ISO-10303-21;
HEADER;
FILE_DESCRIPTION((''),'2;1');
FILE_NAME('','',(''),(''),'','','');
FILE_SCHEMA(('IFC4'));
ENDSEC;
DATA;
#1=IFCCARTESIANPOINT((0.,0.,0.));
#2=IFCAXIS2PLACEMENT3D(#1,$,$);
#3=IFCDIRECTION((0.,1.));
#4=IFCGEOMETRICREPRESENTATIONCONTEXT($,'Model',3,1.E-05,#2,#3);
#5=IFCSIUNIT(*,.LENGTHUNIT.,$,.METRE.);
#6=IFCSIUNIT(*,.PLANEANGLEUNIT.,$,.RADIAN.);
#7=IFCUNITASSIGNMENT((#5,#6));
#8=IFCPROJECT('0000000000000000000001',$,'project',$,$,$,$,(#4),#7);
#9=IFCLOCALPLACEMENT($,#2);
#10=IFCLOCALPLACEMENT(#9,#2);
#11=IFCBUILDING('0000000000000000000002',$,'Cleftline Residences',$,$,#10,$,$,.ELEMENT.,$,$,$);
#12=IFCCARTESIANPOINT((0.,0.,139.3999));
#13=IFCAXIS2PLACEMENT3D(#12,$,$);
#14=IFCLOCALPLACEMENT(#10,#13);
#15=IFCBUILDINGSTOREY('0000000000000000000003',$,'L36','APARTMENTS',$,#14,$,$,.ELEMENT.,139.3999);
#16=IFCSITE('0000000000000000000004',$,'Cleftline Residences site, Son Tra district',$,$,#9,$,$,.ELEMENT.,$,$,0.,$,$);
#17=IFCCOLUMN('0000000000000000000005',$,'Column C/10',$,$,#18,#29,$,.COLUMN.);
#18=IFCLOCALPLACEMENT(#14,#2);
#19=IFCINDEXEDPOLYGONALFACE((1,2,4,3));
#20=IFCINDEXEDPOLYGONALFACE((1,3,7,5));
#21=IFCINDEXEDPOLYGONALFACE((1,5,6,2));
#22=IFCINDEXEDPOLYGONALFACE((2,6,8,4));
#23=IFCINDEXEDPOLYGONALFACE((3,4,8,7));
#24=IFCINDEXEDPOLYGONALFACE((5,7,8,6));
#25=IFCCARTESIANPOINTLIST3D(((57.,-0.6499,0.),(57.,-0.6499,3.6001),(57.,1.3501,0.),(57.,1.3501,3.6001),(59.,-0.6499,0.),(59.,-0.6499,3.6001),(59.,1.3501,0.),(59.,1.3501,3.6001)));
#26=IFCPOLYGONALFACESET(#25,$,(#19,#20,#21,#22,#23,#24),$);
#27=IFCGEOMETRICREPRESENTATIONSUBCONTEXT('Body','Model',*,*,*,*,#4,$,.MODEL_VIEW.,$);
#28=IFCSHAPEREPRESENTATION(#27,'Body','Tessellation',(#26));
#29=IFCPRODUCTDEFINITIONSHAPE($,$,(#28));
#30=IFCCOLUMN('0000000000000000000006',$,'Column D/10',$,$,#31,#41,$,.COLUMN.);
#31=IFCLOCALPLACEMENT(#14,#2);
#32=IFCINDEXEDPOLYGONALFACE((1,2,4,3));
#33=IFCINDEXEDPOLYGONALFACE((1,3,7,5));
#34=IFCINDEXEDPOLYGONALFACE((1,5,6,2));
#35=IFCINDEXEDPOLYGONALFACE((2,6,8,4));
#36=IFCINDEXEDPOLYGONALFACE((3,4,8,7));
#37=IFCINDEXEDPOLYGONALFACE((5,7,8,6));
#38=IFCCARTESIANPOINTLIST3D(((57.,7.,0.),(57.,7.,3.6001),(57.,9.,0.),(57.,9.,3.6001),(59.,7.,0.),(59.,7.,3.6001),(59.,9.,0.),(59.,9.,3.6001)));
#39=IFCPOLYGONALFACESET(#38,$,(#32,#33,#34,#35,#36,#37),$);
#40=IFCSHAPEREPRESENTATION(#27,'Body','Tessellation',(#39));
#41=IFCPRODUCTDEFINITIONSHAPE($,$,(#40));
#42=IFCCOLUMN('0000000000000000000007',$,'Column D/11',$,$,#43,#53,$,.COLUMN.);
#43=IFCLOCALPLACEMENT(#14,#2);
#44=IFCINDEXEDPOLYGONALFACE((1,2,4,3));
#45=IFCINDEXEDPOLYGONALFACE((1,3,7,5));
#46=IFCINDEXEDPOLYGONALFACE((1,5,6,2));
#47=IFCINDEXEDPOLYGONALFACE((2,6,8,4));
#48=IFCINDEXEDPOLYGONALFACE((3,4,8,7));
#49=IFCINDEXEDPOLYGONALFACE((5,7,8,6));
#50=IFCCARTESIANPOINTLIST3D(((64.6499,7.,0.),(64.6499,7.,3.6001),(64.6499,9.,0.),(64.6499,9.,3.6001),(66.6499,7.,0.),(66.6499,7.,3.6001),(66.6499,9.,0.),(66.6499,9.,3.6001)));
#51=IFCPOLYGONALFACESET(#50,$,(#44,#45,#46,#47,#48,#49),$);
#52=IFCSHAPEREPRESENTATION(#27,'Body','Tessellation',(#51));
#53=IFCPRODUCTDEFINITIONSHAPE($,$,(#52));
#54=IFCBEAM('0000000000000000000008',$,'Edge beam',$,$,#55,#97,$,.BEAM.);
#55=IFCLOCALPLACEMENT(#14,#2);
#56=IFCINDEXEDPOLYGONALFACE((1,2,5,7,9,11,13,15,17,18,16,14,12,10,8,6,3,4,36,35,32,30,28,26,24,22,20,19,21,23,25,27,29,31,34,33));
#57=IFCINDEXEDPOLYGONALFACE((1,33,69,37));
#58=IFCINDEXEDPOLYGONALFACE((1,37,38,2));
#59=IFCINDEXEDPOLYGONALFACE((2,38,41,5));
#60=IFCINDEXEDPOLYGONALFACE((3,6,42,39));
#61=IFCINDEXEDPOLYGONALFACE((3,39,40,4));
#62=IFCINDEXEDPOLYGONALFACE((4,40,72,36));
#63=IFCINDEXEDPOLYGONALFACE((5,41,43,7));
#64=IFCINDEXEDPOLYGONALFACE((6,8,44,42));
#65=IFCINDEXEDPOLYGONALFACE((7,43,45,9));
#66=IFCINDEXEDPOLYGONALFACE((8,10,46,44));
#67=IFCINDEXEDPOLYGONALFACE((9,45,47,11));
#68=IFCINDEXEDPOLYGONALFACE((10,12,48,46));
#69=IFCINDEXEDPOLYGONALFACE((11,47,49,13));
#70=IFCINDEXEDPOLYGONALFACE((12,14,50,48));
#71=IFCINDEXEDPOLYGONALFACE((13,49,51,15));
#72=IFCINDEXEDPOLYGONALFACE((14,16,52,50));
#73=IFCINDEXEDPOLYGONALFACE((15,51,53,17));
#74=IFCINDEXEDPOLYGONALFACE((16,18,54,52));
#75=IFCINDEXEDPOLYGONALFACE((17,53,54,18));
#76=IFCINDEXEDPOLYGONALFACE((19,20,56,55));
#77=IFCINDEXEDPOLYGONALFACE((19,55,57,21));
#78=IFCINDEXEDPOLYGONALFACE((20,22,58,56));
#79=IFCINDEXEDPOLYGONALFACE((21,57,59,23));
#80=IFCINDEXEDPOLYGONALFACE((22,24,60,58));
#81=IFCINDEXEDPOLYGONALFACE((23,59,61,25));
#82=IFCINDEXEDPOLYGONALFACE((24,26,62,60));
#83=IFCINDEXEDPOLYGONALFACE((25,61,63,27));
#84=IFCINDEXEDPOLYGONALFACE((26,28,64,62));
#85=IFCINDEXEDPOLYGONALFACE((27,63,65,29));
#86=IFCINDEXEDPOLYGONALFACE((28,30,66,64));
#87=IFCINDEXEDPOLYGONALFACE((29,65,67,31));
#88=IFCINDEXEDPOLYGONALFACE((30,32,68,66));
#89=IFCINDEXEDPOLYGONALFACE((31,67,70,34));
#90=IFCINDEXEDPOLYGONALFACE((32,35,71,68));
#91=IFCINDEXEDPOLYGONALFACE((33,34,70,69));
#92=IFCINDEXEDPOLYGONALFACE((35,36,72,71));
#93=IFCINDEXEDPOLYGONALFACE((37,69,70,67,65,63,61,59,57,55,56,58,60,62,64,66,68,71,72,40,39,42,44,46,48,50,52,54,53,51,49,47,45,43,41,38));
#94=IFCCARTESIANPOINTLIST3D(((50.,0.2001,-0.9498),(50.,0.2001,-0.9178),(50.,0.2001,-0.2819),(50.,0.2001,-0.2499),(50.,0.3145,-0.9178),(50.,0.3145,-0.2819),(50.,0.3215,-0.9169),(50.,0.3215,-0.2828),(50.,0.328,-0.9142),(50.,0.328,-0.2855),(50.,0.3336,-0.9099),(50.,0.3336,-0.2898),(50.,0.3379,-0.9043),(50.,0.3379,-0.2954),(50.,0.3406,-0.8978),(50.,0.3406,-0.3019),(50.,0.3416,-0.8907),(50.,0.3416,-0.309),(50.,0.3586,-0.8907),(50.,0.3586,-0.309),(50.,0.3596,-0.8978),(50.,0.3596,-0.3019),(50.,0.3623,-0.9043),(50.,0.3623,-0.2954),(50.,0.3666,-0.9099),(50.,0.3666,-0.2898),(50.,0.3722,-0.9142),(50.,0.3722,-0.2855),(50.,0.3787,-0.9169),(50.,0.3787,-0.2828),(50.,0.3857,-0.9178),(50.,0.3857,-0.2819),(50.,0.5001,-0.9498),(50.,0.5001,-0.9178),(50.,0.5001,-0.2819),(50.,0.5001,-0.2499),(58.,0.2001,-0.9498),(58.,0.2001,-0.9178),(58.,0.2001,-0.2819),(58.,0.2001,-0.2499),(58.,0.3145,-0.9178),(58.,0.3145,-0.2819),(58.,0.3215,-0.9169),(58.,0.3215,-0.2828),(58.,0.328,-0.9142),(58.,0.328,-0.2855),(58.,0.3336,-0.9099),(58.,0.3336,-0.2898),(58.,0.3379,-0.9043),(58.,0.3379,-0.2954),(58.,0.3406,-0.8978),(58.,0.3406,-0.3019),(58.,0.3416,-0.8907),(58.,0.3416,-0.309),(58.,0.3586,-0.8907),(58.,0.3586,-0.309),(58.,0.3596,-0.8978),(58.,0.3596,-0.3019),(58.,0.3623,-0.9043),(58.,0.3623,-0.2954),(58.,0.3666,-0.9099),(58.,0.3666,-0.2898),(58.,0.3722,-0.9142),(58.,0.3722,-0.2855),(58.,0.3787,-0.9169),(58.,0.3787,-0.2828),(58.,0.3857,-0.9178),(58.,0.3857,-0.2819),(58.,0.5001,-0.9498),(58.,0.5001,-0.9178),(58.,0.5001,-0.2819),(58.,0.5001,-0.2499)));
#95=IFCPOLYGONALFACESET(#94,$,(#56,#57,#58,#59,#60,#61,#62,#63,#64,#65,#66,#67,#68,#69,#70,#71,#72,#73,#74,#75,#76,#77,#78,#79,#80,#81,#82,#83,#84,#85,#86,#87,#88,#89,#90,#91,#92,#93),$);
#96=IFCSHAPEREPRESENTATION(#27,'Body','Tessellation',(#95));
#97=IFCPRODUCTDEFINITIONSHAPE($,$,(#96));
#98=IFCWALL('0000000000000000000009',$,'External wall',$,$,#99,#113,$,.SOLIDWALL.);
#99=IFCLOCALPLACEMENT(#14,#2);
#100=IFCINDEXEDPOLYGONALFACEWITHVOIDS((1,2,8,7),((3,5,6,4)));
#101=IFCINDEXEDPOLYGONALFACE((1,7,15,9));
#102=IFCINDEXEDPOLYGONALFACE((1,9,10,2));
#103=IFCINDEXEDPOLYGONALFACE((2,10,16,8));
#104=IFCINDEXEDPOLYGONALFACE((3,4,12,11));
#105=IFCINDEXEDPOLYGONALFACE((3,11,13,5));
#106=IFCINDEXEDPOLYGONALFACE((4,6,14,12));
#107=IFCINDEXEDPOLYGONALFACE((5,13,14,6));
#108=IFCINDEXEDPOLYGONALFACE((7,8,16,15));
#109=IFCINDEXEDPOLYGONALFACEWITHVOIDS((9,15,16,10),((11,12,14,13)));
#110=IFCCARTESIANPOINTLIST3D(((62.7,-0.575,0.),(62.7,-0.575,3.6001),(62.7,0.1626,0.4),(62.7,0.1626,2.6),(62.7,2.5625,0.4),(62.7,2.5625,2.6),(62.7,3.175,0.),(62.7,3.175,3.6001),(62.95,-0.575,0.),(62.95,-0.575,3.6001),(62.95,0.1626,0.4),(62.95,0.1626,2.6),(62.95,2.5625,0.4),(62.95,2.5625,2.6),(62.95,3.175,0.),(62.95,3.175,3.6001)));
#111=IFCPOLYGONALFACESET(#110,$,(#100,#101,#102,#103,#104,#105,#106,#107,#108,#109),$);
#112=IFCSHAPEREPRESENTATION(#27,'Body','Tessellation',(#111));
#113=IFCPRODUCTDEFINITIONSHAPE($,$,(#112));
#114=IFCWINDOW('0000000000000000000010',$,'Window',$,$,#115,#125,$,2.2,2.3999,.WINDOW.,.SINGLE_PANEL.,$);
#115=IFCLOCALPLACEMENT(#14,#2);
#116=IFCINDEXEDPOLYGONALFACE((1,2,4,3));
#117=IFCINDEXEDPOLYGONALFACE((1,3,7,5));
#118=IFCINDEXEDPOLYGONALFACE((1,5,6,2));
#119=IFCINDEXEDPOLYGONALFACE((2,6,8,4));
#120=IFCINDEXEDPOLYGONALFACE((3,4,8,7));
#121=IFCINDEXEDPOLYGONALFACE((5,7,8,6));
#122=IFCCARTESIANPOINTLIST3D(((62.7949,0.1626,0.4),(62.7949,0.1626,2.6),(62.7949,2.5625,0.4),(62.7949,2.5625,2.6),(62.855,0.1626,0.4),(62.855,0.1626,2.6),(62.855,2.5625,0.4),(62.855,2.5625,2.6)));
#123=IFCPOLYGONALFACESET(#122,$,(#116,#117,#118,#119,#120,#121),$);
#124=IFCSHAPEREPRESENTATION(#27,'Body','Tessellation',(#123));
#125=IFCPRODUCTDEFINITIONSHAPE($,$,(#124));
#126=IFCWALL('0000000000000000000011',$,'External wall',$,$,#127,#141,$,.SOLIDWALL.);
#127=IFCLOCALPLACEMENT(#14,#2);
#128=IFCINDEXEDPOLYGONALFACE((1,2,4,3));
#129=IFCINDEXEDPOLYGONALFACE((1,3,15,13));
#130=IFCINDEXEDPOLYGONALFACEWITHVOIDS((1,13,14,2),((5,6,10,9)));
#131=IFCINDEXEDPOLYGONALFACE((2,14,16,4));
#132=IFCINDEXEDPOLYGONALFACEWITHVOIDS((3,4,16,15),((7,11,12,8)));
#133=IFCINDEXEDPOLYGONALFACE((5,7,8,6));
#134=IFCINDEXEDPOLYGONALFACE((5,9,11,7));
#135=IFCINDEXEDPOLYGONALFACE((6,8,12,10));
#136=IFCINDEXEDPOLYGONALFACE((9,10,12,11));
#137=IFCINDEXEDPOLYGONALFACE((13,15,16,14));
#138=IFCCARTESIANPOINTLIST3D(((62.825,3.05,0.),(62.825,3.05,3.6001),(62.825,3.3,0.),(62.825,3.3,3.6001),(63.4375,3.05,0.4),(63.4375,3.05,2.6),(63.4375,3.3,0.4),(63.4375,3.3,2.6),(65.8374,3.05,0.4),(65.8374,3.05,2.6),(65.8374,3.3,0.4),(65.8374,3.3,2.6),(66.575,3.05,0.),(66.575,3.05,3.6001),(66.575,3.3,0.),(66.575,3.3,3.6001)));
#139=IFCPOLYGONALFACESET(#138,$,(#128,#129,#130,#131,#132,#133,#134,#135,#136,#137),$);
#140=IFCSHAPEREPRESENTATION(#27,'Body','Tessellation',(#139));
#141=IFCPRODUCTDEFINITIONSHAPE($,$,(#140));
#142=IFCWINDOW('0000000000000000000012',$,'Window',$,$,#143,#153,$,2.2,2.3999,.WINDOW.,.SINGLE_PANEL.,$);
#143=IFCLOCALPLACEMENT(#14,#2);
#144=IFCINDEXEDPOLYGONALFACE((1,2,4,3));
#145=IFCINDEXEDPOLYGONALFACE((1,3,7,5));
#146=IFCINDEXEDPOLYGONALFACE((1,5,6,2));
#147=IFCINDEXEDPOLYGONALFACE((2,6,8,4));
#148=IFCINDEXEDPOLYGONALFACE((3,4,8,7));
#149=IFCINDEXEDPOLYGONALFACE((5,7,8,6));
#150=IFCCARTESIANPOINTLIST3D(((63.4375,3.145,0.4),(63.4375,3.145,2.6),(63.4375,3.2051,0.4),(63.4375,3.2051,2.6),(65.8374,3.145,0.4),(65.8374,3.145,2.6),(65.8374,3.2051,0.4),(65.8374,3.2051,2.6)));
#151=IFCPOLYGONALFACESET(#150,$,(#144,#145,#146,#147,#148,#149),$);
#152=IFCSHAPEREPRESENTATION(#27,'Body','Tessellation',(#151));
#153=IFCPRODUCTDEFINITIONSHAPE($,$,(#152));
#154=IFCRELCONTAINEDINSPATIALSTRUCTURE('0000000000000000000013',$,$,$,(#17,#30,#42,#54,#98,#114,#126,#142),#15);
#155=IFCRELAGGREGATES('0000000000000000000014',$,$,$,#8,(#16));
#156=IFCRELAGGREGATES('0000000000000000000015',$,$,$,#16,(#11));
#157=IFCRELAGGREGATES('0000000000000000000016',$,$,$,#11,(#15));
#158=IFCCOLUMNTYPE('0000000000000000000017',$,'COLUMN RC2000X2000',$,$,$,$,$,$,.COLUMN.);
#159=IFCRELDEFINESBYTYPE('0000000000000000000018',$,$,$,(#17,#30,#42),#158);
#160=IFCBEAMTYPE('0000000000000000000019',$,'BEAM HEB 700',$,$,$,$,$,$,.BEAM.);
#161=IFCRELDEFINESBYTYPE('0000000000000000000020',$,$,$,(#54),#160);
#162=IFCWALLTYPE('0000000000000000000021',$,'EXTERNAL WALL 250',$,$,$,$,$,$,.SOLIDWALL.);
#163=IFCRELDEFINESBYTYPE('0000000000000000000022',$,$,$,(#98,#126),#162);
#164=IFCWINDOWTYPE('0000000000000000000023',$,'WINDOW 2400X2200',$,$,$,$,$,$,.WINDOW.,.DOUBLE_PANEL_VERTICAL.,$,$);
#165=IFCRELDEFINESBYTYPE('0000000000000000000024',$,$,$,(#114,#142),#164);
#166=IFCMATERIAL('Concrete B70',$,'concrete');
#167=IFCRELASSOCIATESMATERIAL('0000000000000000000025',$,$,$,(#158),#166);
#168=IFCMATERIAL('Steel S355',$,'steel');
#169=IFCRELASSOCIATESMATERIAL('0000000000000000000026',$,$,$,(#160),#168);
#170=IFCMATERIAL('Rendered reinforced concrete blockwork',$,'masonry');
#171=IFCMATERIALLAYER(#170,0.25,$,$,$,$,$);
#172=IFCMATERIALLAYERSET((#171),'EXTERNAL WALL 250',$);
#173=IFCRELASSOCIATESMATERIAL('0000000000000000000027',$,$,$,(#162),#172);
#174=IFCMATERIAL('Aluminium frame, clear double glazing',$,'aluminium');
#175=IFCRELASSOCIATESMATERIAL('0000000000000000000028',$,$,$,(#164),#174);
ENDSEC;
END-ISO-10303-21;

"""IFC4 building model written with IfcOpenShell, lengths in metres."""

from ifc_helpers import new_model, si_unit, direction, frame, frame_2d, origin, origin_2d, place, context, subcontext, project, spatial, rectangle, i_section, extrude, material, layer, layer_set, material_profile, profile_set, type_object, element, fill, save


model = new_model("IFC4")

# Units and contexts
model_context = context("Model", 3, precision=1e-05, world=origin(), true_north=direction((0.0, 1.0)))
body_context = subcontext(model_context, "Body", "Model", "MODEL_VIEW")
ifc_project = project(units=[si_unit("LENGTHUNIT", "METRE"), si_unit("PLANEANGLEUNIT", "RADIAN")], contexts=[model_context])

# Site, building, storey
site_placement = place(None, origin())
site = spatial("IfcSite", under=ifc_project, at=site_placement, Name="Cleftline Residences site, Son Tra district", CompositionType="ELEMENT", RefElevation=0.0)
building_placement = place(site_placement, origin())
building = spatial("IfcBuilding", under=site, at=building_placement, Name="Cleftline Residences", CompositionType="ELEMENT")
storey_placement = place(building_placement, frame((0.0, 0.0, 139.3999)))
storey = spatial("IfcBuildingStorey", under=building, at=storey_placement, Name="L36", Description="APARTMENTS", CompositionType="ELEMENT", Elevation=139.3999)

# Columns
ifc_material_1 = material(Name="Concrete B70", Category="concrete")
ifc_material_profile_1 = material_profile(ifc_material_1, rectangle(XDim=2.0, YDim=2.0, at=origin_2d()))
ifc_profile_set_1 = profile_set([ifc_material_profile_1], Name="Concrete B70")
column_type = type_object("IfcColumnType", Name="COLUMN RC2000X2000", PredefinedType="COLUMN", material=ifc_profile_set_1)
for number, where, z_axis, x_axis, name in (
    (1, (58.0, 0.3501, 0.0), (0.0, 0.0, 1.0), (1.0, 0.0, 0.0), "Column C/10"),
    (2, (58.0, 8.0, 0.0), (0.0, 0.0, 1.0), (1.0, 0.0, 0.0), "Column D/10"),
    (3, (65.6499, 8.0, 0.0), (0.0, 0.0, 1.0), (1.0, 0.0, 0.0), "Column D/11"),
):
    element("IfcColumn", number, at=place(storey_placement, frame(where, z_axis=z_axis, x_axis=x_axis)), inside=storey, type_object=column_type, Name=name, PredefinedType="COLUMN", context=body_context, shape_type="SweptSolid", body=[
        extrude(rectangle(XDim=2.0, YDim=2.0, at=origin_2d()), origin(), (0.0, 0.0, 1.0), 3.6001),
    ])

# Beam
ifc_material_2 = material(Name="Steel S355", Category="steel")
ifc_material_profile_2 = material_profile(ifc_material_2, i_section(OverallWidth=0.3, OverallDepth=0.7, WebThickness=0.0171, FlangeThickness=0.032, FilletRadius=0.0271, at=origin_2d()))
ifc_profile_set_2 = profile_set([ifc_material_profile_2], Name="Steel S355")
beam_type = type_object("IfcBeamType", Name="BEAM HEB 700", PredefinedType="BEAM", material=ifc_profile_set_2)
beam_placement = place(storey_placement, frame((58.0, 0.3501, -0.5999), z_axis=(-1.0, 0.0, 0.0), x_axis=(0.0, -1.0, 0.0)))
element("IfcBeam", 4, at=beam_placement, inside=storey, type_object=beam_type, Name="Edge beam", PredefinedType="BEAM", context=body_context, shape_type="SweptSolid", body=[
    extrude(i_section(OverallWidth=0.3, OverallDepth=0.7, WebThickness=0.0171, FlangeThickness=0.032, FilletRadius=0.0271, at=origin_2d()), origin(), (0.0, 0.0, 1.0), 8.0),
])

# Walls, openings, windows
ifc_material_3 = material(Name="Rendered reinforced concrete blockwork", Category="masonry")
ifc_layer_1 = layer(ifc_material_3, 0.25)
ifc_layer_set_1 = layer_set([ifc_layer_1], Name="EXTERNAL WALL 250")
wall_type_1 = type_object("IfcWallType", Name="EXTERNAL WALL 250", PredefinedType="SOLIDWALL", material=ifc_layer_set_1)
wall_1_placement = place(storey_placement, frame((62.825, -0.575, 0.0), z_axis=(0.0, 0.0, 1.0), x_axis=(0.0, 1.0, 0.0)))
wall_1 = element("IfcWall", 5, at=wall_1_placement, inside=storey, type_object=wall_type_1, Name="External wall", PredefinedType="SOLIDWALL", context=body_context, shape_type="SweptSolid", body=[
    extrude(rectangle(XDim=3.75, YDim=0.25, at=frame_2d((1.875, 0.0))), origin(), (0.0, 0.0, 1.0), 3.6001),
])
opening_1_placement = place(wall_1_placement, frame((0.7375, 0.0, 0.3999)))
opening_1 = element("IfcOpeningElement", 6, at=opening_1_placement, cuts=wall_1, PredefinedType="OPENING", context=body_context, shape_type="SweptSolid", body=[
    extrude(rectangle(XDim=2.3999, YDim=2.2, at=frame_2d((1.2, 1.1001))), frame((0.0, 0.135, 0.0), z_axis=(0.0, -1.0, 0.0), x_axis=(1.0, 0.0, 0.0)), (0.0, 0.0, 1.0), 0.27),
])
ifc_material_4 = material(Name="Aluminium frame, clear double glazing", Category="aluminium")
window_type = type_object("IfcWindowType", Name="WINDOW 2400X2200", PartitioningType="DOUBLE_PANEL_VERTICAL", PredefinedType="WINDOW", material=ifc_material_4)
window_1_placement = place(opening_1_placement, origin())
window_1 = element("IfcWindow", 7, at=window_1_placement, inside=storey, type_object=window_type, Name="Window", OverallHeight=2.2, OverallWidth=2.3999, PartitioningType="SINGLE_PANEL", PredefinedType="WINDOW", context=body_context, shape_type="SweptSolid", body=[
    extrude(rectangle(XDim=2.3999, YDim=2.2, at=frame_2d((1.2, 1.1001))), frame((0.0, 0.03, 0.0), z_axis=(0.0, -1.0, 0.0), x_axis=(1.0, 0.0, 0.0)), (0.0, 0.0, 1.0), 0.0601),
])
fill(opening_1, window_1)
wall_2_placement = place(storey_placement, frame((62.825, 3.175, 0.0), z_axis=(0.0, 0.0, 1.0), x_axis=(1.0, 0.0, 0.0)))
wall_2 = element("IfcWall", 8, at=wall_2_placement, inside=storey, type_object=wall_type_1, Name="External wall", PredefinedType="SOLIDWALL", context=body_context, shape_type="SweptSolid", body=[
    extrude(rectangle(XDim=3.75, YDim=0.25, at=frame_2d((1.875, 0.0))), origin(), (0.0, 0.0, 1.0), 3.6001),
])
opening_2_placement = place(wall_2_placement, frame((0.6125, 0.0, 0.3999)))
opening_2 = element("IfcOpeningElement", 9, at=opening_2_placement, cuts=wall_2, PredefinedType="OPENING", context=body_context, shape_type="SweptSolid", body=[
    extrude(rectangle(XDim=2.3999, YDim=2.2, at=frame_2d((1.2, 1.1001))), frame((0.0, 0.135, 0.0), z_axis=(0.0, -1.0, 0.0), x_axis=(1.0, 0.0, 0.0)), (0.0, 0.0, 1.0), 0.27),
])
window_2_placement = place(opening_2_placement, origin())
window_2 = element("IfcWindow", 10, at=window_2_placement, inside=storey, type_object=window_type, Name="Window", OverallHeight=2.2, OverallWidth=2.3999, PartitioningType="SINGLE_PANEL", PredefinedType="WINDOW", context=body_context, shape_type="SweptSolid", body=[
    extrude(rectangle(XDim=2.3999, YDim=2.2, at=frame_2d((1.2, 1.1001))), frame((0.0, 0.03, 0.0), z_axis=(0.0, -1.0, 0.0), x_axis=(1.0, 0.0, 0.0)), (0.0, 0.0, 1.0), 0.0601),
])
fill(opening_2, window_2)

save(model, "model.ifc")
